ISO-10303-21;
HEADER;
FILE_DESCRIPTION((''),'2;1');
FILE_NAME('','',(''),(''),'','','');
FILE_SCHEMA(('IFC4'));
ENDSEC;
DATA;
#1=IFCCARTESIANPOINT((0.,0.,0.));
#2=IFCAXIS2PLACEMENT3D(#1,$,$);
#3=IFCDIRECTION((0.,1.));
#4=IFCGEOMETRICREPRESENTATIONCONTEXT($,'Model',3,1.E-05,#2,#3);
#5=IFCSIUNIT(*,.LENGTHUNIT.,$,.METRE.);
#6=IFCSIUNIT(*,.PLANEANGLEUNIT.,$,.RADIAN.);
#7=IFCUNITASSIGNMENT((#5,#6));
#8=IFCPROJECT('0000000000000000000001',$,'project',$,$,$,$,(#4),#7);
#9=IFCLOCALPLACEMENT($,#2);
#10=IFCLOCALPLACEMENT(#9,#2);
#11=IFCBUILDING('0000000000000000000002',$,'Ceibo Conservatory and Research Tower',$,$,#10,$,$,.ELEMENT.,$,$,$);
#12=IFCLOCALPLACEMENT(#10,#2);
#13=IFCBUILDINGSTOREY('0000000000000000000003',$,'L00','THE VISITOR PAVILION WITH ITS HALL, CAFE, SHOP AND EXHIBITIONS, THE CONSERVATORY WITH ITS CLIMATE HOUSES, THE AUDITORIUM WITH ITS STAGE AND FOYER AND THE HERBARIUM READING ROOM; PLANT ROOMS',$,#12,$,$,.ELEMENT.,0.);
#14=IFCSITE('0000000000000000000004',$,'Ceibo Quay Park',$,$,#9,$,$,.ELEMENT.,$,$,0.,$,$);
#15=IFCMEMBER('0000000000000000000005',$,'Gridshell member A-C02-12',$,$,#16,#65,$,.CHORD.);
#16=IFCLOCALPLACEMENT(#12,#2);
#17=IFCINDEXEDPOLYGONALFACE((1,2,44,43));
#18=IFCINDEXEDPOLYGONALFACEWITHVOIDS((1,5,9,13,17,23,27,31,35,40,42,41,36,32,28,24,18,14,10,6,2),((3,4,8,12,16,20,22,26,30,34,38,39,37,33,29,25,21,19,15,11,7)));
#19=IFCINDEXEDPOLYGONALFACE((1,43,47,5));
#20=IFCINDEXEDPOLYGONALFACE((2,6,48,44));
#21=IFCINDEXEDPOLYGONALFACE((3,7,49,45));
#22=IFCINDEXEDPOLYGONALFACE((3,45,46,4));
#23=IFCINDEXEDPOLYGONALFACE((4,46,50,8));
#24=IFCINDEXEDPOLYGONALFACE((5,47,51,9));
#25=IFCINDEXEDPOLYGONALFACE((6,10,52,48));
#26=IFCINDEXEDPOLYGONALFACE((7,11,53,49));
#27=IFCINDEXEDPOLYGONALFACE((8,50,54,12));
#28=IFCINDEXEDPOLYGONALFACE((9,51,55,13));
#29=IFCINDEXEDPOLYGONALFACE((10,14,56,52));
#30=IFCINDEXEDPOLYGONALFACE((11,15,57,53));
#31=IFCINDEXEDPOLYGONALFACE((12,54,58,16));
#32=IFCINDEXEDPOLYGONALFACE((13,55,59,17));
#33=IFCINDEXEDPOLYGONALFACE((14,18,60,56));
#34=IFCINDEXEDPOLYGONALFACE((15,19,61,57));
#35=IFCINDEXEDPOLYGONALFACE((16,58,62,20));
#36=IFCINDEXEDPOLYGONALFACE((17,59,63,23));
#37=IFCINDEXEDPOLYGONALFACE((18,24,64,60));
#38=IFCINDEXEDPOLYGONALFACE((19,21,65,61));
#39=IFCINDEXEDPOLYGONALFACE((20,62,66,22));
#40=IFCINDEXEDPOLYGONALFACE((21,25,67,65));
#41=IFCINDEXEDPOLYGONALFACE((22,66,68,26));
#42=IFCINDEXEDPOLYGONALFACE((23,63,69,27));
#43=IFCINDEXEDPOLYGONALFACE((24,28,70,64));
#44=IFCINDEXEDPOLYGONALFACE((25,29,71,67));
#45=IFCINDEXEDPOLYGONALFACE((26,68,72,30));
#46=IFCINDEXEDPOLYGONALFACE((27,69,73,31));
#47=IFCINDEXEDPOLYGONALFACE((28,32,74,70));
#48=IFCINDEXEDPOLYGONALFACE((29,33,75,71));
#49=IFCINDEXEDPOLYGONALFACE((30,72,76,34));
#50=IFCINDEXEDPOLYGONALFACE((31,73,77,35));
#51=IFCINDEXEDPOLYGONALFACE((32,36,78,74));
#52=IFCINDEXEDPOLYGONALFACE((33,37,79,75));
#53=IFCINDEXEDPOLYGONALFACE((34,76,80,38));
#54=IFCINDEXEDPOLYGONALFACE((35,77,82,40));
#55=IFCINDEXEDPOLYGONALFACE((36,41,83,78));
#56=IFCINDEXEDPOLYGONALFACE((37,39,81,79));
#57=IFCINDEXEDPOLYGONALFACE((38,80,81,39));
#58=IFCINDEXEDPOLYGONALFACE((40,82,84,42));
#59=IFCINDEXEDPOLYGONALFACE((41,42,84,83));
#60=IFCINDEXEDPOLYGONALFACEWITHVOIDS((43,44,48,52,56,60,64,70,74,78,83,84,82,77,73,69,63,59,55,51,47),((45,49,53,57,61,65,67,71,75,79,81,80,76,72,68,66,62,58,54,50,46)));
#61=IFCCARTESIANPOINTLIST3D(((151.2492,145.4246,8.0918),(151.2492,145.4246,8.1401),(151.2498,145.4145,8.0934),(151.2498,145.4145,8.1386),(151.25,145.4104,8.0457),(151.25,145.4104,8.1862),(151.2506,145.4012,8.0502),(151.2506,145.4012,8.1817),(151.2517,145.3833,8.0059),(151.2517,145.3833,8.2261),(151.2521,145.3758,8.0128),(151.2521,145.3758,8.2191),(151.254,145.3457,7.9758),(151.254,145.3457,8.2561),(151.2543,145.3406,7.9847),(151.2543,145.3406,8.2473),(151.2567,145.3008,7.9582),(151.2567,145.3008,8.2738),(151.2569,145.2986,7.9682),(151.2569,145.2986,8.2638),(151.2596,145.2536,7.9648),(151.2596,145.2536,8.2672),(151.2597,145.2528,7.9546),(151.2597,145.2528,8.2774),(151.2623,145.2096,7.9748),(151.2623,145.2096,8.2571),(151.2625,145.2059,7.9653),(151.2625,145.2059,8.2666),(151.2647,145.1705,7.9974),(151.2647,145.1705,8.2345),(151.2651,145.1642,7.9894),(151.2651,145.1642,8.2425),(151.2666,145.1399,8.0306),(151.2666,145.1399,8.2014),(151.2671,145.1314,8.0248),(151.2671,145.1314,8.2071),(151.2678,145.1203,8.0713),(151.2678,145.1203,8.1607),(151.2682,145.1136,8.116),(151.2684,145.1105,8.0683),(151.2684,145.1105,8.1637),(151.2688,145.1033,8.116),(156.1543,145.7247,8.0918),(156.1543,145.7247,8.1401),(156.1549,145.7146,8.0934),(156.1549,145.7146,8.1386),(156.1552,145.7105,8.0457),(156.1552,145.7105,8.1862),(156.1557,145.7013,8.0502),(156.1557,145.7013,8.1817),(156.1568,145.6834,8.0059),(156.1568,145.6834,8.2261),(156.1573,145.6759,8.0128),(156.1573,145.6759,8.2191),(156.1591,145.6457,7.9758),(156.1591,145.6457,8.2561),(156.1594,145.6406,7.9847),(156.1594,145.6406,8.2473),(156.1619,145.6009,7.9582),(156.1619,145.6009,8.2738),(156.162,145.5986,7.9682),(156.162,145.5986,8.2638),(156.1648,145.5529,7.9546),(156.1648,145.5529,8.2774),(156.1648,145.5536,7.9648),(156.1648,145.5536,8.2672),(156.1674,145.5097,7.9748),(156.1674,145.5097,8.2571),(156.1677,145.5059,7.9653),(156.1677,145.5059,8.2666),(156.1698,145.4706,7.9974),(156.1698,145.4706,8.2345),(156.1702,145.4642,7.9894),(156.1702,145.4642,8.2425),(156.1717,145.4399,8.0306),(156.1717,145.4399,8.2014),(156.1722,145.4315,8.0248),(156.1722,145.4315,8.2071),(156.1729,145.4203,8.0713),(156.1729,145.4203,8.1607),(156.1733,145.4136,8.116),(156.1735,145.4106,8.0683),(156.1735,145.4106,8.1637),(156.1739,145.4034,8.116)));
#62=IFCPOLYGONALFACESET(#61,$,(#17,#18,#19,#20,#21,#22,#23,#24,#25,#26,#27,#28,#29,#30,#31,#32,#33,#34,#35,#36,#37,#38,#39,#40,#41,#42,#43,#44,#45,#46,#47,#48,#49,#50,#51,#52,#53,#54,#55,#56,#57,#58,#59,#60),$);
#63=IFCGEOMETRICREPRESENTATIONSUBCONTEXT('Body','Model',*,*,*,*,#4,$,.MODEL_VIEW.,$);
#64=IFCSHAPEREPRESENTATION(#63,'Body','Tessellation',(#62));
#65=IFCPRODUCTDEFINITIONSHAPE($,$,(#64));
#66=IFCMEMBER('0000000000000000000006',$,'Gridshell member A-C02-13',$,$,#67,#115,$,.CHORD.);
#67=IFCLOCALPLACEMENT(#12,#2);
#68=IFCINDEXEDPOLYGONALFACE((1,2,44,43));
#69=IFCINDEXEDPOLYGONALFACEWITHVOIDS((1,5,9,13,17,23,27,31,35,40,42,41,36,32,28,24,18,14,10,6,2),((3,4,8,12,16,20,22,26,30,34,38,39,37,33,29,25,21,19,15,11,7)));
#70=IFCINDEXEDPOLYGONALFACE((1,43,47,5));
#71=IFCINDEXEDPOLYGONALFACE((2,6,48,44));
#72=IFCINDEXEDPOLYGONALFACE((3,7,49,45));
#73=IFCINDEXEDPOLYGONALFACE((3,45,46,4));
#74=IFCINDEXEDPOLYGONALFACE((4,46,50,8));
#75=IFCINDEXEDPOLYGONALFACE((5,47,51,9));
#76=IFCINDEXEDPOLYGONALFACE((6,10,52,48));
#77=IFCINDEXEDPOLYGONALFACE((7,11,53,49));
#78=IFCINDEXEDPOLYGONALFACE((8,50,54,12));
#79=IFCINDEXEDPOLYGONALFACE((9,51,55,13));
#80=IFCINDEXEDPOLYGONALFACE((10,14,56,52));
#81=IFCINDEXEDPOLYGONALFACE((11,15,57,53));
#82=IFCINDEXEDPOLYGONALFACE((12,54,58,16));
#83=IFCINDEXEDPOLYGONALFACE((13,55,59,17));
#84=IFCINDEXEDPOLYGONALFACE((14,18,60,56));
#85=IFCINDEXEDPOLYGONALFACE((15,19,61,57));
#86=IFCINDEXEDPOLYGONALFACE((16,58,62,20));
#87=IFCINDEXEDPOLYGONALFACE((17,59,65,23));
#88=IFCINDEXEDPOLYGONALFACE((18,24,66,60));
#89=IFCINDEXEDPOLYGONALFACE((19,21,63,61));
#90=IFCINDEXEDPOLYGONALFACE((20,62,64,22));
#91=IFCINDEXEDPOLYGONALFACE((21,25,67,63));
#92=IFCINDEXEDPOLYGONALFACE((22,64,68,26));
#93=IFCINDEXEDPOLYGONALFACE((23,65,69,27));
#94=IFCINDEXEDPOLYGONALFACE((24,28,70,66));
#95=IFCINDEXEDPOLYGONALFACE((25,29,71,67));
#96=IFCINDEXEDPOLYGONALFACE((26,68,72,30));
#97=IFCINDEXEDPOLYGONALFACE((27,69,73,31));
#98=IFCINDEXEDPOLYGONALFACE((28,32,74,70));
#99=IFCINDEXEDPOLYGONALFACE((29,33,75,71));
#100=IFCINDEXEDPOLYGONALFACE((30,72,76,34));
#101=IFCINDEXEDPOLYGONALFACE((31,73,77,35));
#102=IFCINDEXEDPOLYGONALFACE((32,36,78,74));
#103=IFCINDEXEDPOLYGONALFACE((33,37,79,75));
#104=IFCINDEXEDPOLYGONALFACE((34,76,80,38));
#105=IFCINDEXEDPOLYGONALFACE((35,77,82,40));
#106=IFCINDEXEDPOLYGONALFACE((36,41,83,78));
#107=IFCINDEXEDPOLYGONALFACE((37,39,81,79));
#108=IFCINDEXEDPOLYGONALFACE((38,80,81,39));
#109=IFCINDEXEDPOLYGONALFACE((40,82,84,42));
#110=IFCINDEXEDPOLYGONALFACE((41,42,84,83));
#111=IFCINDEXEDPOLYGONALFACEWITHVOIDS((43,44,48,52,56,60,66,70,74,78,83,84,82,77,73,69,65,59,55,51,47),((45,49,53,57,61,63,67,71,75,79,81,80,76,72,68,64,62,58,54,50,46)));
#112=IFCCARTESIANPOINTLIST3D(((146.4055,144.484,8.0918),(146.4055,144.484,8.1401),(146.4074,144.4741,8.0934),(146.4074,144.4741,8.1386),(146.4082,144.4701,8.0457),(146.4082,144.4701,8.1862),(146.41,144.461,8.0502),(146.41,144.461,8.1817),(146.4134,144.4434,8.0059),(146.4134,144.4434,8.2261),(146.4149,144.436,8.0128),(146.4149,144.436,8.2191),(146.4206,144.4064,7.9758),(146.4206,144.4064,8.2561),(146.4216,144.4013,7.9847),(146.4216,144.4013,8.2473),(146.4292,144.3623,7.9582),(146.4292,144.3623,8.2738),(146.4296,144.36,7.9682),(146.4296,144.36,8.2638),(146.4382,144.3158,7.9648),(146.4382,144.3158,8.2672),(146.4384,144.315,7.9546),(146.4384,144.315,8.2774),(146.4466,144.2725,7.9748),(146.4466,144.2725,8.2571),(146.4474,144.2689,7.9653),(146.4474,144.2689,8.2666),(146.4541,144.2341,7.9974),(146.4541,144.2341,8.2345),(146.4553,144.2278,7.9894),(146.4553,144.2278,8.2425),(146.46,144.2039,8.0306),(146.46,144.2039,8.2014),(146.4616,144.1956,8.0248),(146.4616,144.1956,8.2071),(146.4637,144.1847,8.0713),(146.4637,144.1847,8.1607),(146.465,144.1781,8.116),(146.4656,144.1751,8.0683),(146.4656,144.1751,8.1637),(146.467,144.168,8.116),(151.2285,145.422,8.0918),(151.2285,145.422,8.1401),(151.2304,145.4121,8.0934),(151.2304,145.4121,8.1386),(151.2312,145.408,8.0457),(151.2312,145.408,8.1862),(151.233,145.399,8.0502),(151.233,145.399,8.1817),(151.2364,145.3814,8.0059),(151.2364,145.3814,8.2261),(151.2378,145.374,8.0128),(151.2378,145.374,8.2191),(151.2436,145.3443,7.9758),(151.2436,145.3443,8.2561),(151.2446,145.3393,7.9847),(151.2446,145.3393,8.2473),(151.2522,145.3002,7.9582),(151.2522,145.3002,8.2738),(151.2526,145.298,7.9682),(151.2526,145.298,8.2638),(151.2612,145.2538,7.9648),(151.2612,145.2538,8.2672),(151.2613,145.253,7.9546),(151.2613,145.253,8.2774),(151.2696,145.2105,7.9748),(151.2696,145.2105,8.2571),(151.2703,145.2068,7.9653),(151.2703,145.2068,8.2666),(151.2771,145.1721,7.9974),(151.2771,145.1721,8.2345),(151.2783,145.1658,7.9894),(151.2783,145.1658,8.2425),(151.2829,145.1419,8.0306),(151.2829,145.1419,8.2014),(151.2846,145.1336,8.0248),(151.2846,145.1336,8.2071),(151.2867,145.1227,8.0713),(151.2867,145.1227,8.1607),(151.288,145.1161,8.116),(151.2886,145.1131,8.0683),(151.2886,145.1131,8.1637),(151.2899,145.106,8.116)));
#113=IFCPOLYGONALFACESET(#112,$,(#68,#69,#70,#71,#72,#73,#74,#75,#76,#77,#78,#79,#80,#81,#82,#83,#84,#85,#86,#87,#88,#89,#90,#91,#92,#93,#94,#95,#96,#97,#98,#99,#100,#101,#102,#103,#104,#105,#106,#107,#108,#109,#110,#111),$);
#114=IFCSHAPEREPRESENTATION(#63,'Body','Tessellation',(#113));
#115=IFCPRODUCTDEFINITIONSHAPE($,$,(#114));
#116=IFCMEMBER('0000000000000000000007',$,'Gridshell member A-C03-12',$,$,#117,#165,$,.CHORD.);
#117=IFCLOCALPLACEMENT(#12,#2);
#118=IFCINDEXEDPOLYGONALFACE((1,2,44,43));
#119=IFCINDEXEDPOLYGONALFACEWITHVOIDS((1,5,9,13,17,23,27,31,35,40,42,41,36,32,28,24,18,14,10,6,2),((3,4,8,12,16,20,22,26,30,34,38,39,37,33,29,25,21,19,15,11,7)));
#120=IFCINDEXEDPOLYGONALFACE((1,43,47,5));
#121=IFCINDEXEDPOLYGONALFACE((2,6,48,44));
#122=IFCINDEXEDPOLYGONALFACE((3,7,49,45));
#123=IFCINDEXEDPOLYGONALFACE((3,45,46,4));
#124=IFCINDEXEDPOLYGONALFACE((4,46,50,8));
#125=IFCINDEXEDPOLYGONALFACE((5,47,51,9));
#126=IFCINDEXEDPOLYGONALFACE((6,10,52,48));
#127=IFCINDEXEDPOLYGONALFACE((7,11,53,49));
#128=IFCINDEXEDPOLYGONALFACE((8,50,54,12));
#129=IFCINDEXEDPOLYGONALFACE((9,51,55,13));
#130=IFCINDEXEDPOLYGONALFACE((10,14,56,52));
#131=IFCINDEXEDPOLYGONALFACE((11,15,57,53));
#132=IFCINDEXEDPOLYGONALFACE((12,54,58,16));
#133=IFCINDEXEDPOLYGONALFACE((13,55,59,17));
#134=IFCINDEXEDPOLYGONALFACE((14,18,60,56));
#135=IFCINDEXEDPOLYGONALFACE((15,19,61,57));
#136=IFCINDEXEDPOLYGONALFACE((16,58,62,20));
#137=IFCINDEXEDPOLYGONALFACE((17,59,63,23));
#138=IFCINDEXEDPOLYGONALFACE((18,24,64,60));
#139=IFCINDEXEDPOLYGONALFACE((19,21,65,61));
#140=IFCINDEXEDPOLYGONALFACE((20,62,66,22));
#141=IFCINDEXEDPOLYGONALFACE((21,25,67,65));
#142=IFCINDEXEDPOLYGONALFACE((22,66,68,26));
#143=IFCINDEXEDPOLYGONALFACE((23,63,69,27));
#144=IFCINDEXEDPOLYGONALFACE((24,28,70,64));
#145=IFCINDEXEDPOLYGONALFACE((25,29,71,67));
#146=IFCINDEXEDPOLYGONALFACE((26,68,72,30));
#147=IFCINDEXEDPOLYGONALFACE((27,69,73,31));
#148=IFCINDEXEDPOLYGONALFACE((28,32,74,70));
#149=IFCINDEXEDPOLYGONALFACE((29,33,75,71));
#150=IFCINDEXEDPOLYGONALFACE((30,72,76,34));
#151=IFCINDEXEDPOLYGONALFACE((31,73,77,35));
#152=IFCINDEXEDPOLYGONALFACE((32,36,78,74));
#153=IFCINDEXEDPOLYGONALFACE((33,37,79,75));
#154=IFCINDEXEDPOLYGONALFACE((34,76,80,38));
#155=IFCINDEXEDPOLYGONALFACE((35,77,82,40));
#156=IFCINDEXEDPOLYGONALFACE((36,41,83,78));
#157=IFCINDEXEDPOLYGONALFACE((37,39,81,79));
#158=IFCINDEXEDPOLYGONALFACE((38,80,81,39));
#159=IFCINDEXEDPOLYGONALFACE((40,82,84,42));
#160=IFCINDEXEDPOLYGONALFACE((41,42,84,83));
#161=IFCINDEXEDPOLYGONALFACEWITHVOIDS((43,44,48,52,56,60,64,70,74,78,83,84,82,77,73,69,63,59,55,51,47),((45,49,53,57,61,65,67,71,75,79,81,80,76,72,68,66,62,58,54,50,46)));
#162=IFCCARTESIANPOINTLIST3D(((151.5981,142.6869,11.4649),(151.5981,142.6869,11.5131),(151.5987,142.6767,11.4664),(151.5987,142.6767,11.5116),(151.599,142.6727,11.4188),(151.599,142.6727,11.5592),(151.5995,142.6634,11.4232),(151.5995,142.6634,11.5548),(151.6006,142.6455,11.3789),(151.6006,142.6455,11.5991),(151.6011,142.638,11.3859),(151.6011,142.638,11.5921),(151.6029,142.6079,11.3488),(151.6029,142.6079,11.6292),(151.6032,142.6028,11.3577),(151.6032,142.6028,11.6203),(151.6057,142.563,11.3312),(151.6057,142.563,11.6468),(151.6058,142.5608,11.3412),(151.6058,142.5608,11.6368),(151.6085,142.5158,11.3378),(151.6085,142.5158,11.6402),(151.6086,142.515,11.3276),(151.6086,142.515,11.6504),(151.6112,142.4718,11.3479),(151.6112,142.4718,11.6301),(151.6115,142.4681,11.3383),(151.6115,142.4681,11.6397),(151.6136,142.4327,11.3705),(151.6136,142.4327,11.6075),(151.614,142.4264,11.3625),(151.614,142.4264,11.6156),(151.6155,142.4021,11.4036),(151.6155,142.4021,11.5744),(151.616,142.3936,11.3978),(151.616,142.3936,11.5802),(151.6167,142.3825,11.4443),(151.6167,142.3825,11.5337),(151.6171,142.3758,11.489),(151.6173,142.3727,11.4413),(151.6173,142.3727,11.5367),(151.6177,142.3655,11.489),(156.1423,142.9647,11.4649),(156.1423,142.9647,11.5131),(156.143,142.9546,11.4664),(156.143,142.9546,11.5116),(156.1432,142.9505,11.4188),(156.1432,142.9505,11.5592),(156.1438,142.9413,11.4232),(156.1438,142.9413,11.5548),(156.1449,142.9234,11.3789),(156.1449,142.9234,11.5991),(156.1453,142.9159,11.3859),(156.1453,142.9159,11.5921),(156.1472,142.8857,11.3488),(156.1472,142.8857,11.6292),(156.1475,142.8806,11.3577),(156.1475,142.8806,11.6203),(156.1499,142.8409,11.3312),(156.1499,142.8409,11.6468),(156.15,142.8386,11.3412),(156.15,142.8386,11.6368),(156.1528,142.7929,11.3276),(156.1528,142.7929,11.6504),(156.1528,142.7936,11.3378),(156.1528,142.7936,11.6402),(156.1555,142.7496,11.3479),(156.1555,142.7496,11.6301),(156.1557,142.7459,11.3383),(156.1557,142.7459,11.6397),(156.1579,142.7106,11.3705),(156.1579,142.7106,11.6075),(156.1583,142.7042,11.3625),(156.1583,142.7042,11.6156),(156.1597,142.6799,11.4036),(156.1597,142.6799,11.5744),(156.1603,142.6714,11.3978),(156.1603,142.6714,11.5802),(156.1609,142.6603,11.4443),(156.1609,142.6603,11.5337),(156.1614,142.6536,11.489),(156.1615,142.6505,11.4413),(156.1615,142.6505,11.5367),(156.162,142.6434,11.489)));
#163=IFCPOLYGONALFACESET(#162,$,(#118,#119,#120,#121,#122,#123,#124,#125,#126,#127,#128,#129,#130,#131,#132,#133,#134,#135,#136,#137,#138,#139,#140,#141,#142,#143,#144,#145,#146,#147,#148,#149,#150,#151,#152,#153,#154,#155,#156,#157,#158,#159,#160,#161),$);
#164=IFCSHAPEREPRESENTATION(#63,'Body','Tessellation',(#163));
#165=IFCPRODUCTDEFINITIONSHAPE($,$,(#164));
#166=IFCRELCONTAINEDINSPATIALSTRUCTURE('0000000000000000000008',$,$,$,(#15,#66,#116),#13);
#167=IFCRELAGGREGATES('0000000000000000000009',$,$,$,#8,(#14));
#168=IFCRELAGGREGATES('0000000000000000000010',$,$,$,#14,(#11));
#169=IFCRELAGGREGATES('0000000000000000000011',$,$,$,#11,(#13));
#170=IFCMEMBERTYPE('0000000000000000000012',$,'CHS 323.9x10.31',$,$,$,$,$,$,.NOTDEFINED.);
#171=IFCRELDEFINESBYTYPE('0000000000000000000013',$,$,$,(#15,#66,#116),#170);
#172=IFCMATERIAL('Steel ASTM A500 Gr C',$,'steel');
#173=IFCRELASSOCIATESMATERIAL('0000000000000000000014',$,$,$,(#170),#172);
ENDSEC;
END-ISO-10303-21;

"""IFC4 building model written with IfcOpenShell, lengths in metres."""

from ifc_helpers import new_model, si_unit, direction, frame, origin, origin_2d, place, context, subcontext, project, spatial, hollow_circle, extrude, material, material_profile, profile_set, type_object, element, save


model = new_model("IFC4")

# Units and contexts
model_context = context("Model", 3, precision=1e-05, world=origin(), true_north=direction((0.0, 1.0)))
body_context = subcontext(model_context, "Body", "Model", "MODEL_VIEW")
ifc_project = project(units=[si_unit("LENGTHUNIT", "METRE"), si_unit("PLANEANGLEUNIT", "RADIAN")], contexts=[model_context])

# Site, building, storey
site_placement = place(None, origin())
site = spatial("IfcSite", under=ifc_project, at=site_placement, Name="Ceibo Quay Park", CompositionType="ELEMENT", RefElevation=0.0)
building_placement = place(site_placement, origin())
building = spatial("IfcBuilding", under=site, at=building_placement, Name="Ceibo Conservatory and Research Tower", CompositionType="ELEMENT")
storey_placement = place(building_placement, origin())
storey = spatial("IfcBuildingStorey", under=building, at=storey_placement, Name="L00", Description="THE VISITOR PAVILION WITH ITS HALL, CAFE, SHOP AND EXHIBITIONS, THE CONSERVATORY WITH ITS CLIMATE HOUSES, THE AUDITORIUM WITH ITS STAGE AND FOYER AND THE HERBARIUM READING ROOM; PLANT ROOMS", CompositionType="ELEMENT", Elevation=0.0)

# Members
ifc_material_1 = material(Name="Steel ASTM A500 Gr C", Category="steel")
ifc_material_profile_1 = material_profile(ifc_material_1, hollow_circle(Radius=0.1619, WallThickness=0.0103, at=origin_2d()), Name="CHS 323.9x10.31")
ifc_profile_set_1 = profile_set([ifc_material_profile_1], Name="Steel ASTM A500 Gr C")
member_type_1 = type_object("IfcMemberType", Name="CHS 323.9x10.31", PredefinedType="NOTDEFINED", material=ifc_profile_set_1)
member_1_placement = place(storey_placement, frame((156.1641, 145.5649, 8.116), z_axis=(-0.998134, -0.061058, 0.0), x_axis=(0.061058, -0.998134, 0.0)))
element("IfcMember", 1, at=member_1_placement, inside=storey, type_object=member_type_1, Name="Gridshell member A-C02-12", PredefinedType="CHORD", context=body_context, shape_type="SweptSolid", body=[
    extrude(hollow_circle(Radius=0.1619, WallThickness=0.0103, at=origin_2d()), origin(), (0.0, 0.0, 1.0), 4.9143),
])
member_2_placement = place(storey_placement, frame((151.259, 145.2649, 8.116), z_axis=(-0.981608, -0.190906, 0.0), x_axis=(0.190906, -0.981608, 0.0)))
element("IfcMember", 2, at=member_2_placement, inside=storey, type_object=member_type_1, Name="Gridshell member A-C02-13", PredefinedType="CHORD", context=body_context, shape_type="SweptSolid", body=[
    extrude(hollow_circle(Radius=0.1619, WallThickness=0.0103, at=origin_2d()), origin(), (0.0, 0.0, 1.0), 4.9133),
])
for number, where, z_axis, x_axis, name in (
    (3, (156.1521, 142.8049, 11.489), (-0.998136, -0.061026, 0.0), (0.061026, -0.998136, 0.0), "Gridshell member A-C03-12"),
):
    element("IfcMember", number, at=place(storey_placement, frame(where, z_axis=z_axis, x_axis=x_axis)), inside=storey, type_object=member_type_1, Name=name, PredefinedType="CHORD", context=body_context, shape_type="SweptSolid", body=[
        extrude(hollow_circle(Radius=0.1619, WallThickness=0.0103, at=origin_2d()), origin(), (0.0, 0.0, 1.0), 4.5527),
    ])

save(model, "model.ifc")
